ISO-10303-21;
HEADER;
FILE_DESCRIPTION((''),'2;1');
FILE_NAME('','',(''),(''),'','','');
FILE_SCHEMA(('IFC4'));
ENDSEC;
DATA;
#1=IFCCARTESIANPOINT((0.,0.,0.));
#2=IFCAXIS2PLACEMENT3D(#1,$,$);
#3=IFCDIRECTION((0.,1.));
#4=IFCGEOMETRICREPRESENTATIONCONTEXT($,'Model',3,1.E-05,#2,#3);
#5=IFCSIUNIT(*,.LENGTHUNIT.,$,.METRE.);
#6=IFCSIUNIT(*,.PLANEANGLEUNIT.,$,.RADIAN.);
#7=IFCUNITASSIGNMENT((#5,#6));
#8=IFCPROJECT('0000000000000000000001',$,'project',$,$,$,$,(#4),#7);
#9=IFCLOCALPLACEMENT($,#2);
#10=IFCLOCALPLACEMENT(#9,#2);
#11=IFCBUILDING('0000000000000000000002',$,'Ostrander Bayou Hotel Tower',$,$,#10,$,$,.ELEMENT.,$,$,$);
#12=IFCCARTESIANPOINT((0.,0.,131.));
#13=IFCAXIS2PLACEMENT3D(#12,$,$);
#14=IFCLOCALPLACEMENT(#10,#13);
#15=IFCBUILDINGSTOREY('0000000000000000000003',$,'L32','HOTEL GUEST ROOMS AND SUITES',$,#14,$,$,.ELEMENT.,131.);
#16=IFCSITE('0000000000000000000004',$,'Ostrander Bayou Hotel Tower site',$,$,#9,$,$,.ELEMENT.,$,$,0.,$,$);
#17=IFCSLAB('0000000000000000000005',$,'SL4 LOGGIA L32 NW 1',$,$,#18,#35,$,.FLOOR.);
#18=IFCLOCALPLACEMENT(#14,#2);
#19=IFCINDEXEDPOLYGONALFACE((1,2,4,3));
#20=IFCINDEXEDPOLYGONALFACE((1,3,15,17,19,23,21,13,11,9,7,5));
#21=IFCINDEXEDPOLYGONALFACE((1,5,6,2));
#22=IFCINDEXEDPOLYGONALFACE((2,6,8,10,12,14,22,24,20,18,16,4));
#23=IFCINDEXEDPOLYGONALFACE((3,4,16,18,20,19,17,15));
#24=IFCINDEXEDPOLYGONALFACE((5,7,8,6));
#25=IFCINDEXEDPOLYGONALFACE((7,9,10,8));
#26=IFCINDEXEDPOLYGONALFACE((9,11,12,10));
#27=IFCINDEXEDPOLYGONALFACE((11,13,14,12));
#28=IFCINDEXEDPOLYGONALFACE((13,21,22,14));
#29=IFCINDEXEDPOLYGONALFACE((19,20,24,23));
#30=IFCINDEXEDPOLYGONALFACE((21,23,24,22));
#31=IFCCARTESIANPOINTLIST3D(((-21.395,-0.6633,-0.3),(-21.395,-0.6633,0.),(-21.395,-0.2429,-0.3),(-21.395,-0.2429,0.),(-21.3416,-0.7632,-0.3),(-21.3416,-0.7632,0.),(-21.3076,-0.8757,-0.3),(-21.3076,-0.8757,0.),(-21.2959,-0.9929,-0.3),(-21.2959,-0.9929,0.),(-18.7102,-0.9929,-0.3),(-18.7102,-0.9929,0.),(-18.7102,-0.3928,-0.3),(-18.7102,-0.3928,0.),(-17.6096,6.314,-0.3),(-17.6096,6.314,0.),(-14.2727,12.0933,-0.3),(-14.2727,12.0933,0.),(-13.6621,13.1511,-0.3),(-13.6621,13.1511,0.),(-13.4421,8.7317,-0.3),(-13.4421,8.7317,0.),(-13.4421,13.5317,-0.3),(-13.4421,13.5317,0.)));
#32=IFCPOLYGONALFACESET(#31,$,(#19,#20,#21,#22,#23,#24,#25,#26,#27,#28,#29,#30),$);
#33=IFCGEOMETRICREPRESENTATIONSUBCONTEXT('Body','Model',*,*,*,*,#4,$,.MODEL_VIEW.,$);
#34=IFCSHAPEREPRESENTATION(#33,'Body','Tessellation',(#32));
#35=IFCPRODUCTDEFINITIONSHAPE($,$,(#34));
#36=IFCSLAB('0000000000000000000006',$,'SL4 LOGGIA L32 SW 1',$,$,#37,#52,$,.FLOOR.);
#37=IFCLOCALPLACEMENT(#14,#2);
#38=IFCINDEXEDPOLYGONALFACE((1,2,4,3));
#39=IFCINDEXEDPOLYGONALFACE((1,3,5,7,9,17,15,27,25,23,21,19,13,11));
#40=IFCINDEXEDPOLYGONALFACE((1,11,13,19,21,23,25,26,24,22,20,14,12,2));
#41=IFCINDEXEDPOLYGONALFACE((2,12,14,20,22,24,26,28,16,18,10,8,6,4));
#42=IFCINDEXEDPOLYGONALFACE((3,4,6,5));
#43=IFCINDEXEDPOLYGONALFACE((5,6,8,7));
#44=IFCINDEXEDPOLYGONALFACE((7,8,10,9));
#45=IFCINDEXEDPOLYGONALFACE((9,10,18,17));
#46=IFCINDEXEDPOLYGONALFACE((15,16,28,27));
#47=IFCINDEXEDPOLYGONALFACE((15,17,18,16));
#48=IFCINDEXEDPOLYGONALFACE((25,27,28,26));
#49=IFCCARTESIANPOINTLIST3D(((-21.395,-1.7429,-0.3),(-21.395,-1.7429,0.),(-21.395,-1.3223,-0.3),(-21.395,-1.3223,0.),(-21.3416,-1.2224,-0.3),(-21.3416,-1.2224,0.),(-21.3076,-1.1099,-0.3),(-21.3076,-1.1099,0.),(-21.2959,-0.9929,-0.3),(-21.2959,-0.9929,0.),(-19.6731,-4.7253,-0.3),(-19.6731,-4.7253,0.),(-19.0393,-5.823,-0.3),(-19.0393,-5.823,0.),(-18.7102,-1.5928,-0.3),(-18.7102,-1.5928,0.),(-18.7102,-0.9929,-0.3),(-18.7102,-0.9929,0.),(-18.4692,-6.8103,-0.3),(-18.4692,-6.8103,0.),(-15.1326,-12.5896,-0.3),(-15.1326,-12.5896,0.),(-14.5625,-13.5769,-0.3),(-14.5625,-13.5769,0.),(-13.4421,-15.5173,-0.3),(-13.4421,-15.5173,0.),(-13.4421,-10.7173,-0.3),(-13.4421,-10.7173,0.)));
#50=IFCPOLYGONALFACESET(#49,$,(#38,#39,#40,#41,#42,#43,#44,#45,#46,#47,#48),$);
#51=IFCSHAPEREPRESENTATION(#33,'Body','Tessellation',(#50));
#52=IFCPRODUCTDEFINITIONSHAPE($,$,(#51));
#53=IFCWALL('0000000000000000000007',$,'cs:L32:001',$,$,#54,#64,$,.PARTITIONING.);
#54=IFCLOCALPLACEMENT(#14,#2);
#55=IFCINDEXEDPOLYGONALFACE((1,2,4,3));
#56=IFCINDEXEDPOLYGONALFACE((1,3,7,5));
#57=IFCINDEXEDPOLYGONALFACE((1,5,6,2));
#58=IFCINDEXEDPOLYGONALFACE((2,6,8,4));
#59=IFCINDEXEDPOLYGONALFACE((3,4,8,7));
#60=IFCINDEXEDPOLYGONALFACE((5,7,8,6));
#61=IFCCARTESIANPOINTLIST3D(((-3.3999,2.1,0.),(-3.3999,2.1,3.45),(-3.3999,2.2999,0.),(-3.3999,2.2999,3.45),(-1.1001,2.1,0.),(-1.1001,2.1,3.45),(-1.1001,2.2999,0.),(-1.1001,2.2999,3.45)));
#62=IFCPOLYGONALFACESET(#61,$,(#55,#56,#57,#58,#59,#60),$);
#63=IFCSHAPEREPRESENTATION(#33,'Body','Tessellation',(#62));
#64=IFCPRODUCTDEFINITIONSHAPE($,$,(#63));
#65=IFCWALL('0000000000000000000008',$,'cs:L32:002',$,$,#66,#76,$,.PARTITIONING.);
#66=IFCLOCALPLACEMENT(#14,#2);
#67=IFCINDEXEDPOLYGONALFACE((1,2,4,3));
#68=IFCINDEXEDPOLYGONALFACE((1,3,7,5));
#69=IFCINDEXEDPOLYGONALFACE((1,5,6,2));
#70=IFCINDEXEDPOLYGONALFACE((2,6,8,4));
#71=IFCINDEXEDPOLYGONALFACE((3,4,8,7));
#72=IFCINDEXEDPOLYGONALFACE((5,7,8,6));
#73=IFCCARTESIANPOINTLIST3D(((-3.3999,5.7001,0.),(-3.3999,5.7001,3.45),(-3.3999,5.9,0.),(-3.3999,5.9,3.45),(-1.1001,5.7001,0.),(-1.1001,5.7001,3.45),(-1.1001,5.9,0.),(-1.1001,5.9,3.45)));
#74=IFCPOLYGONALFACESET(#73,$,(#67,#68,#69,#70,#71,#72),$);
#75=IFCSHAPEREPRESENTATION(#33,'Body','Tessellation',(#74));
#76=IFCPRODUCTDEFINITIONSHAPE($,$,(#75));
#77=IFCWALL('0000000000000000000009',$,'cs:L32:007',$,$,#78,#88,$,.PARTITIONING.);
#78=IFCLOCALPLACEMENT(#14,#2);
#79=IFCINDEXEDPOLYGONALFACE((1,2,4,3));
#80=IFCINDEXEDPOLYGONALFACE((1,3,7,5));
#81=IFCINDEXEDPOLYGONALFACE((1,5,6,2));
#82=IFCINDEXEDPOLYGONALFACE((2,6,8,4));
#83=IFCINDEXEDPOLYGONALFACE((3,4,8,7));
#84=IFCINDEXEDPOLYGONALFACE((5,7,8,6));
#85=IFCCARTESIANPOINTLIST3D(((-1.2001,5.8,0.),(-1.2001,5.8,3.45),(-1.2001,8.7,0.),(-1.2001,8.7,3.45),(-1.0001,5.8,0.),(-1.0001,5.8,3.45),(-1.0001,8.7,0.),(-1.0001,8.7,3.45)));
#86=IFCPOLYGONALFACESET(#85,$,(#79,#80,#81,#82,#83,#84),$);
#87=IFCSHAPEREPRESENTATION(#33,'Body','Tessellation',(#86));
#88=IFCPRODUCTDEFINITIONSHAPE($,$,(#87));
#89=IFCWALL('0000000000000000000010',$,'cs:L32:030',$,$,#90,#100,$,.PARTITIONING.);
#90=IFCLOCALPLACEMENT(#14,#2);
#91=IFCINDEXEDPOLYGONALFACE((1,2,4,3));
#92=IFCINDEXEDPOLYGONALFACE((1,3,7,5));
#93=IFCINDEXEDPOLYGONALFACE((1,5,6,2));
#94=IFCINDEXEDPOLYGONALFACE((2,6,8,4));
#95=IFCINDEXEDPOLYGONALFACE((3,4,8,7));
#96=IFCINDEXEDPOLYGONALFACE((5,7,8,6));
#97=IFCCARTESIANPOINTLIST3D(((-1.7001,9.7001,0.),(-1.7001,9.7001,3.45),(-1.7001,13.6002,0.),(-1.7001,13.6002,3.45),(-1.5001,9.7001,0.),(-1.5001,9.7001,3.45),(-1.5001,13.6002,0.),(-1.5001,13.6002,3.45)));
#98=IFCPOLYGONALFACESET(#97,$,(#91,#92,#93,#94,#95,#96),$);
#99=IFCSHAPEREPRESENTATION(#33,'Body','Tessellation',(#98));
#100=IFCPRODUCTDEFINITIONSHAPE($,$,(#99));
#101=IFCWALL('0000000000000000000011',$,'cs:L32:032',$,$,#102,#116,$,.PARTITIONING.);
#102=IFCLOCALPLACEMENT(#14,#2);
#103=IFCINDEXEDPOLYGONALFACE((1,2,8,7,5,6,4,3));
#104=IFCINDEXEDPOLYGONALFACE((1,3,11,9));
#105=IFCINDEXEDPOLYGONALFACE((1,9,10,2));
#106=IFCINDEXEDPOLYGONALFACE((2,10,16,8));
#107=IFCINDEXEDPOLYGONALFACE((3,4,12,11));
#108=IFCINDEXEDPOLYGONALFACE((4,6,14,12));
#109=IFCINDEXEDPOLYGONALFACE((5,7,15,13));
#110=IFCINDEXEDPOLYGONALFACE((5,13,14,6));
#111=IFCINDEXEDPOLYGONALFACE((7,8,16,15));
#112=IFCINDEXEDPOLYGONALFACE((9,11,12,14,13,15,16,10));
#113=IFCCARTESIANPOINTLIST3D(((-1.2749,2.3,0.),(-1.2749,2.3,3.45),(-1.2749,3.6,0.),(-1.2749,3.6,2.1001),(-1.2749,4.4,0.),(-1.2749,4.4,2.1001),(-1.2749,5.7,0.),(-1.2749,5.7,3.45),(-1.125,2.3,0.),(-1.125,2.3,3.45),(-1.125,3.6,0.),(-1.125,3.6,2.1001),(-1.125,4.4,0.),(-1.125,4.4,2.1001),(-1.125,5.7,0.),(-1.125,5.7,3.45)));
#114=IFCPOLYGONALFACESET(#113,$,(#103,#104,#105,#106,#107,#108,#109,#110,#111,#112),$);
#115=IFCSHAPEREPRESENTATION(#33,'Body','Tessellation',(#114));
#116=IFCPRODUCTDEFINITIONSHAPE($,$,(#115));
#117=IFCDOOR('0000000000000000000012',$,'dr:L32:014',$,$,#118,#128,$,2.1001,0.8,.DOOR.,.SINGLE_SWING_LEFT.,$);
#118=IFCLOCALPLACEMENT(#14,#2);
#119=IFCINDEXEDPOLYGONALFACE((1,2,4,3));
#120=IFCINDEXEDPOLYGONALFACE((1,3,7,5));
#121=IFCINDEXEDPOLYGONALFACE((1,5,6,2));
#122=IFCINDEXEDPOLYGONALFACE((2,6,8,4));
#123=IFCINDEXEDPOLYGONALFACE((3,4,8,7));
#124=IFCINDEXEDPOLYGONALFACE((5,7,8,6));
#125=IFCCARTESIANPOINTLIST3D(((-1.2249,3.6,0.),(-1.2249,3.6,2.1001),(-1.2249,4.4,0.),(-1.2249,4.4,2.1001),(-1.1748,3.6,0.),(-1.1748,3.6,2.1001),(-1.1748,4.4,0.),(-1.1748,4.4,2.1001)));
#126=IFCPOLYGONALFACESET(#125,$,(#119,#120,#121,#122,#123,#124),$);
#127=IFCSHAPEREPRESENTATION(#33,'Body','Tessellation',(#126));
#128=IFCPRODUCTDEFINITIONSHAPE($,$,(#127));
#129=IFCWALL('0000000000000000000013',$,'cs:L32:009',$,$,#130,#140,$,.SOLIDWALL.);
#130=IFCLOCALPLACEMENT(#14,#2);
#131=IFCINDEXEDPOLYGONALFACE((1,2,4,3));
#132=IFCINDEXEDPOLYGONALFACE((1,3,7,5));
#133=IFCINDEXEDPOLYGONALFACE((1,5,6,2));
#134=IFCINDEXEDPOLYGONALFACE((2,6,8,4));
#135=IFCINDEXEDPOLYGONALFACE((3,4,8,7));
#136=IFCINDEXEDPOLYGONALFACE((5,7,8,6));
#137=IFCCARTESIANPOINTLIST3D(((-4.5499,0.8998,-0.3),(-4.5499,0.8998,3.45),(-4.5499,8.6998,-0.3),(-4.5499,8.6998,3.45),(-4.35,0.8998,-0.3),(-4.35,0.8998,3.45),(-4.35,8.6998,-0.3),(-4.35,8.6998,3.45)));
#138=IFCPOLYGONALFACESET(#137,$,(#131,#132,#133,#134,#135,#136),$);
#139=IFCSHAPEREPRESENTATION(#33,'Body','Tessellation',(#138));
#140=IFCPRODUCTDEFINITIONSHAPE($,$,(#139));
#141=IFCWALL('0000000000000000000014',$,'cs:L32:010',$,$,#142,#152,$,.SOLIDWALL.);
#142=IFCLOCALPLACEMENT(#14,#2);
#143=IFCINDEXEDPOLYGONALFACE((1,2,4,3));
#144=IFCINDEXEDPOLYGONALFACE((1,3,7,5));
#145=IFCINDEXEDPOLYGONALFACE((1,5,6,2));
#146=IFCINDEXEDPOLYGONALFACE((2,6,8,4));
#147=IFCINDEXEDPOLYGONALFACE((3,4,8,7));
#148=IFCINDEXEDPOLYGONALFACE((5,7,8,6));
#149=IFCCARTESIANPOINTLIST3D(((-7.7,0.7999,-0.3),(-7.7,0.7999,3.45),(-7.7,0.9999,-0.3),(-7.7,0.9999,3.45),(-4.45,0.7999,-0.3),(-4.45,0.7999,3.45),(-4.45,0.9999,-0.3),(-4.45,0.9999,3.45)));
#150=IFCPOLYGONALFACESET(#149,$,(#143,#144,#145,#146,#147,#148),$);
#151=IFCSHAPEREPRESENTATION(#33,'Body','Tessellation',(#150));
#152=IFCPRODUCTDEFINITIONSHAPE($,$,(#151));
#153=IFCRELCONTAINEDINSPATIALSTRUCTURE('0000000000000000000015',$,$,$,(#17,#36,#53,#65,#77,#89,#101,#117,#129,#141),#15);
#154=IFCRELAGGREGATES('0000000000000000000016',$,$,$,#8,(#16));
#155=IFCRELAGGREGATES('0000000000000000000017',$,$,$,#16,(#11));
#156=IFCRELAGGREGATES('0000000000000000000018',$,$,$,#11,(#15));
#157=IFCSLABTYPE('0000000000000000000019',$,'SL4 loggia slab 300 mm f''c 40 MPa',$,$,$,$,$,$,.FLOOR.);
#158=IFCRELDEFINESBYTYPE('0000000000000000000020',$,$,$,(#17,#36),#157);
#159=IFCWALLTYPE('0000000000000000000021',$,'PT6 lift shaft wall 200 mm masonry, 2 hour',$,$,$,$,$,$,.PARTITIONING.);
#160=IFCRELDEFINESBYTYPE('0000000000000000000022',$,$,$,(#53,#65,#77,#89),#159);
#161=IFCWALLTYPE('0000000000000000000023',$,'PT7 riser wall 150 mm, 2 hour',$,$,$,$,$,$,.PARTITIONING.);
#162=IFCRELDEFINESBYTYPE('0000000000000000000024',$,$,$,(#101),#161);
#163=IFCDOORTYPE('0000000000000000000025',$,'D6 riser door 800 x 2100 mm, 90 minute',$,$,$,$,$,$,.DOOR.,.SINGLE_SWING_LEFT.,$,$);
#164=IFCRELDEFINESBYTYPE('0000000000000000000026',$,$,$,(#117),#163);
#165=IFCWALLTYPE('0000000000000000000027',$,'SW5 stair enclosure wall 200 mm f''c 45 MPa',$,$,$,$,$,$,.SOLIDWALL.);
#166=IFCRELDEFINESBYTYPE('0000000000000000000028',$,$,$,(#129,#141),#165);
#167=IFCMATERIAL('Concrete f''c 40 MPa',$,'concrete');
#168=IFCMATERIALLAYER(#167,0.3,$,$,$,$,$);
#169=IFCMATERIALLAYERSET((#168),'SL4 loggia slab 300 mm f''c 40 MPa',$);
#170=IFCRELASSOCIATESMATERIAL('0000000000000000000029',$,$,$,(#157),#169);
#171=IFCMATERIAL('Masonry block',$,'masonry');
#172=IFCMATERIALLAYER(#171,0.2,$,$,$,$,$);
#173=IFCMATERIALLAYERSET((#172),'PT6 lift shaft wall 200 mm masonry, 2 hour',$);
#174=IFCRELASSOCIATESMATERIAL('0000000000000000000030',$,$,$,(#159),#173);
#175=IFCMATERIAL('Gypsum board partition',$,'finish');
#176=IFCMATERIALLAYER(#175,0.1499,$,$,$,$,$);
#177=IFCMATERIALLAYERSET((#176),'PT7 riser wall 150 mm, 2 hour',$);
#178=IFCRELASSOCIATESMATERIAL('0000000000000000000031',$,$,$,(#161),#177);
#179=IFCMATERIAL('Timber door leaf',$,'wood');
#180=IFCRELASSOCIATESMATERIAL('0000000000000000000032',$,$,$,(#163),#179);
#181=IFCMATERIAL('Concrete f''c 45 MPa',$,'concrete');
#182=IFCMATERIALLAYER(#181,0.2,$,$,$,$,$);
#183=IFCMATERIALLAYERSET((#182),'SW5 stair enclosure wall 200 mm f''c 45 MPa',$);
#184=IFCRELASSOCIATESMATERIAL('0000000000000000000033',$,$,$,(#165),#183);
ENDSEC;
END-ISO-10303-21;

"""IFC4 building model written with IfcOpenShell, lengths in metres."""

from ifc_helpers import new_model, si_unit, direction, frame, frame_2d, origin, place, context, subcontext, project, spatial, polyline, rectangle, outline, extrude, material, layer, layer_set, type_object, element, fill, save


model = new_model("IFC4")

# Units and contexts
model_context = context("Model", 3, precision=1e-05, world=origin(), true_north=direction((0.0, 1.0)))
body_context = subcontext(model_context, "Body", "Model", "MODEL_VIEW")
ifc_project = project(units=[si_unit("LENGTHUNIT", "METRE"), si_unit("PLANEANGLEUNIT", "RADIAN")], contexts=[model_context])

# Site, building, storey
site_placement = place(None, origin())
site = spatial("IfcSite", under=ifc_project, at=site_placement, Name="Ostrander Bayou Hotel Tower site", CompositionType="ELEMENT", RefElevation=0.0)
building_placement = place(site_placement, origin())
building = spatial("IfcBuilding", under=site, at=building_placement, Name="Ostrander Bayou Hotel Tower", CompositionType="ELEMENT")
storey_placement = place(building_placement, frame((0.0, 0.0, 131.0)))
storey = spatial("IfcBuildingStorey", under=building, at=storey_placement, Name="L32", Description="HOTEL GUEST ROOMS AND SUITES", CompositionType="ELEMENT", Elevation=131.0)

# Slabs
ifc_material_1 = material(Name="Concrete f'c 40 MPa", Category="concrete")
ifc_layer_1 = layer(ifc_material_1, 0.3)
ifc_layer_set_1 = layer_set([ifc_layer_1], Name="SL4 loggia slab 300 mm f'c 40 MPa")
slab_type = type_object("IfcSlabType", Name="SL4 loggia slab 300 mm f'c 40 MPa", PredefinedType="FLOOR", material=ifc_layer_set_1)
slab_1_placement = place(storey_placement, frame((0.0, 0.0, -0.3)))
element("IfcSlab", 1, at=slab_1_placement, inside=storey, type_object=slab_type, Name="SL4 LOGGIA L32 NW 1", PredefinedType="FLOOR", context=body_context, shape_type="SweptSolid", body=[
    extrude(outline(polyline([(-13.4421, 13.5317), (-13.4421, 8.7317), (-18.7102, -0.3928), (-18.7102, -0.9929), (-21.2959, -0.9929), (-21.3076, -0.8757), (-21.3416, -0.7632), (-21.395, -0.6633), (-21.395, -0.2429), (-17.6096, 6.314), (-14.2727, 12.0933), (-13.6621, 13.1511), (-13.4421, 13.5317)])), origin(), (0.0, 0.0, 1.0), 0.3),
])
slab_2_placement = place(storey_placement, frame((0.0, 0.0, -0.3)))
element("IfcSlab", 2, at=slab_2_placement, inside=storey, type_object=slab_type, Name="SL4 LOGGIA L32 SW 1", PredefinedType="FLOOR", context=body_context, shape_type="SweptSolid", body=[
    extrude(outline(polyline([(-13.4421, -15.5173), (-14.5625, -13.5769), (-15.1326, -12.5896), (-18.4692, -6.8103), (-19.0393, -5.823), (-19.6731, -4.7253), (-21.395, -1.7429), (-21.395, -1.3223), (-21.3416, -1.2224), (-21.3076, -1.1099), (-21.2959, -0.9929), (-18.7102, -0.9929), (-18.7102, -1.5928), (-13.4421, -10.7173), (-13.4421, -15.5173)])), origin(), (0.0, 0.0, 1.0), 0.3),
])

# Walls
ifc_material_2 = material(Name="Masonry block", Category="masonry")
ifc_layer_2 = layer(ifc_material_2, 0.2)
ifc_layer_set_2 = layer_set([ifc_layer_2], Name="PT6 lift shaft wall 200 mm masonry, 2 hour")
wall_type_1 = type_object("IfcWallType", Name="PT6 lift shaft wall 200 mm masonry, 2 hour", PredefinedType="PARTITIONING", material=ifc_layer_set_2)
for number, where, z_axis, x_axis, name in (
    (3, (-3.3999, 2.2, 0.0), (0.0, 0.0, 1.0), (1.0, 0.0, 0.0), "cs:L32:001"),
    (4, (-3.3999, 5.8, 0.0), (0.0, 0.0, 1.0), (1.0, 0.0, 0.0), "cs:L32:002"),
):
    element("IfcWall", number, at=place(storey_placement, frame(where, z_axis=z_axis, x_axis=x_axis)), inside=storey, type_object=wall_type_1, Name=name, PredefinedType="PARTITIONING", context=body_context, shape_type="SweptSolid", body=[
        extrude(rectangle(XDim=2.2998, YDim=0.2, at=frame_2d((1.1499, 0.0))), origin(), (0.0, 0.0, 1.0), 3.45),
    ])
wall_1_placement = place(storey_placement, frame((-1.1001, 5.8, 0.0), z_axis=(0.0, 0.0, 1.0), x_axis=(0.0, 1.0, 0.0)))
element("IfcWall", 5, at=wall_1_placement, inside=storey, type_object=wall_type_1, Name="cs:L32:007", PredefinedType="PARTITIONING", context=body_context, shape_type="SweptSolid", body=[
    extrude(rectangle(XDim=2.8999, YDim=0.2, at=frame_2d((1.45, 0.0))), origin(), (0.0, 0.0, 1.0), 3.45),
])
wall_2_placement = place(storey_placement, frame((-1.6001, 9.7, 0.0), z_axis=(0.0, 0.0, 1.0), x_axis=(0.0, 1.0, 0.0)))
element("IfcWall", 6, at=wall_2_placement, inside=storey, type_object=wall_type_1, Name="cs:L32:030", PredefinedType="PARTITIONING", context=body_context, shape_type="SweptSolid", body=[
    extrude(rectangle(XDim=3.9001, YDim=0.2, at=frame_2d((1.9502, 0.0))), origin(), (0.0, 0.0, 1.0), 3.45),
])

# Wall, opening, door
ifc_material_3 = material(Name="Gypsum board partition", Category="finish")
ifc_layer_3 = layer(ifc_material_3, 0.1499)
ifc_layer_set_3 = layer_set([ifc_layer_3], Name="PT7 riser wall 150 mm, 2 hour")
wall_type_2 = type_object("IfcWallType", Name="PT7 riser wall 150 mm, 2 hour", PredefinedType="PARTITIONING", material=ifc_layer_set_3)
wall_3_placement = place(storey_placement, frame((-1.2, 2.3, 0.0), z_axis=(0.0, 0.0, 1.0), x_axis=(0.0, 1.0, 0.0)))
wall_3 = element("IfcWall", 7, at=wall_3_placement, inside=storey, type_object=wall_type_2, Name="cs:L32:032", PredefinedType="PARTITIONING", context=body_context, shape_type="SweptSolid", body=[
    extrude(rectangle(XDim=3.3999, YDim=0.1499, at=frame_2d((1.7, 0.0))), origin(), (0.0, 0.0, 1.0), 3.45),
])
opening_1_placement = place(wall_3_placement, frame((1.3, 0.0, 0.0)))
opening_1 = element("IfcOpeningElement", 8, at=opening_1_placement, cuts=wall_3, PredefinedType="OPENING", context=body_context, shape_type="SweptSolid", body=[
    extrude(rectangle(XDim=0.8, YDim=2.1001, at=frame_2d((0.3999, 1.05))), frame((0.0, 0.075, 0.0), z_axis=(0.0, -1.0, 0.0), x_axis=(1.0, 0.0, 0.0)), (0.0, 0.0, 1.0), 0.1499),
])
ifc_material_4 = material(Name="Timber door leaf", Category="wood")
door_type_1 = type_object("IfcDoorType", Name="D6 riser door 800 x 2100 mm, 90 minute", OperationType="SINGLE_SWING_LEFT", PredefinedType="DOOR", material=ifc_material_4)
door_1_placement = place(opening_1_placement, origin())
door_1 = element("IfcDoor", 9, at=door_1_placement, inside=storey, type_object=door_type_1, Name="dr:L32:014", OperationType="SINGLE_SWING_LEFT", OverallHeight=2.1001, OverallWidth=0.8, PredefinedType="DOOR", context=body_context, shape_type="SweptSolid", body=[
    extrude(rectangle(XDim=0.8, YDim=2.1001, at=frame_2d((0.3999, 1.05))), frame((0.0, 0.0249, 0.0), z_axis=(0.0, -1.0, 0.0), x_axis=(1.0, 0.0, 0.0)), (0.0, 0.0, 1.0), 0.05),
])
fill(opening_1, door_1)

# Walls
ifc_material_5 = material(Name="Concrete f'c 45 MPa", Category="concrete")
ifc_layer_4 = layer(ifc_material_5, 0.2)
ifc_layer_set_4 = layer_set([ifc_layer_4], Name="SW5 stair enclosure wall 200 mm f'c 45 MPa")
wall_type_3 = type_object("IfcWallType", Name="SW5 stair enclosure wall 200 mm f'c 45 MPa", PredefinedType="SOLIDWALL", material=ifc_layer_set_4)
wall_4_placement = place(storey_placement, frame((-4.45, 0.8999, -0.3), z_axis=(0.0, 0.0, 1.0), x_axis=(0.0, 1.0, 0.0)))
element("IfcWall", 10, at=wall_4_placement, inside=storey, type_object=wall_type_3, Name="cs:L32:009", PredefinedType="SOLIDWALL", context=body_context, shape_type="SweptSolid", body=[
    extrude(rectangle(XDim=7.8, YDim=0.2, at=frame_2d((3.8999, 0.0))), origin(), (0.0, 0.0, 1.0), 3.75),
])
wall_5_placement = place(storey_placement, frame((-7.7, 0.8999, -0.3), z_axis=(0.0, 0.0, 1.0), x_axis=(1.0, 0.0, 0.0)))
element("IfcWall", 11, at=wall_5_placement, inside=storey, type_object=wall_type_3, Name="cs:L32:010", PredefinedType="SOLIDWALL", context=body_context, shape_type="SweptSolid", body=[
    extrude(rectangle(XDim=3.25, YDim=0.2, at=frame_2d((1.625, 0.0))), origin(), (0.0, 0.0, 1.0), 3.75),
])

save(model, "model.ifc")
